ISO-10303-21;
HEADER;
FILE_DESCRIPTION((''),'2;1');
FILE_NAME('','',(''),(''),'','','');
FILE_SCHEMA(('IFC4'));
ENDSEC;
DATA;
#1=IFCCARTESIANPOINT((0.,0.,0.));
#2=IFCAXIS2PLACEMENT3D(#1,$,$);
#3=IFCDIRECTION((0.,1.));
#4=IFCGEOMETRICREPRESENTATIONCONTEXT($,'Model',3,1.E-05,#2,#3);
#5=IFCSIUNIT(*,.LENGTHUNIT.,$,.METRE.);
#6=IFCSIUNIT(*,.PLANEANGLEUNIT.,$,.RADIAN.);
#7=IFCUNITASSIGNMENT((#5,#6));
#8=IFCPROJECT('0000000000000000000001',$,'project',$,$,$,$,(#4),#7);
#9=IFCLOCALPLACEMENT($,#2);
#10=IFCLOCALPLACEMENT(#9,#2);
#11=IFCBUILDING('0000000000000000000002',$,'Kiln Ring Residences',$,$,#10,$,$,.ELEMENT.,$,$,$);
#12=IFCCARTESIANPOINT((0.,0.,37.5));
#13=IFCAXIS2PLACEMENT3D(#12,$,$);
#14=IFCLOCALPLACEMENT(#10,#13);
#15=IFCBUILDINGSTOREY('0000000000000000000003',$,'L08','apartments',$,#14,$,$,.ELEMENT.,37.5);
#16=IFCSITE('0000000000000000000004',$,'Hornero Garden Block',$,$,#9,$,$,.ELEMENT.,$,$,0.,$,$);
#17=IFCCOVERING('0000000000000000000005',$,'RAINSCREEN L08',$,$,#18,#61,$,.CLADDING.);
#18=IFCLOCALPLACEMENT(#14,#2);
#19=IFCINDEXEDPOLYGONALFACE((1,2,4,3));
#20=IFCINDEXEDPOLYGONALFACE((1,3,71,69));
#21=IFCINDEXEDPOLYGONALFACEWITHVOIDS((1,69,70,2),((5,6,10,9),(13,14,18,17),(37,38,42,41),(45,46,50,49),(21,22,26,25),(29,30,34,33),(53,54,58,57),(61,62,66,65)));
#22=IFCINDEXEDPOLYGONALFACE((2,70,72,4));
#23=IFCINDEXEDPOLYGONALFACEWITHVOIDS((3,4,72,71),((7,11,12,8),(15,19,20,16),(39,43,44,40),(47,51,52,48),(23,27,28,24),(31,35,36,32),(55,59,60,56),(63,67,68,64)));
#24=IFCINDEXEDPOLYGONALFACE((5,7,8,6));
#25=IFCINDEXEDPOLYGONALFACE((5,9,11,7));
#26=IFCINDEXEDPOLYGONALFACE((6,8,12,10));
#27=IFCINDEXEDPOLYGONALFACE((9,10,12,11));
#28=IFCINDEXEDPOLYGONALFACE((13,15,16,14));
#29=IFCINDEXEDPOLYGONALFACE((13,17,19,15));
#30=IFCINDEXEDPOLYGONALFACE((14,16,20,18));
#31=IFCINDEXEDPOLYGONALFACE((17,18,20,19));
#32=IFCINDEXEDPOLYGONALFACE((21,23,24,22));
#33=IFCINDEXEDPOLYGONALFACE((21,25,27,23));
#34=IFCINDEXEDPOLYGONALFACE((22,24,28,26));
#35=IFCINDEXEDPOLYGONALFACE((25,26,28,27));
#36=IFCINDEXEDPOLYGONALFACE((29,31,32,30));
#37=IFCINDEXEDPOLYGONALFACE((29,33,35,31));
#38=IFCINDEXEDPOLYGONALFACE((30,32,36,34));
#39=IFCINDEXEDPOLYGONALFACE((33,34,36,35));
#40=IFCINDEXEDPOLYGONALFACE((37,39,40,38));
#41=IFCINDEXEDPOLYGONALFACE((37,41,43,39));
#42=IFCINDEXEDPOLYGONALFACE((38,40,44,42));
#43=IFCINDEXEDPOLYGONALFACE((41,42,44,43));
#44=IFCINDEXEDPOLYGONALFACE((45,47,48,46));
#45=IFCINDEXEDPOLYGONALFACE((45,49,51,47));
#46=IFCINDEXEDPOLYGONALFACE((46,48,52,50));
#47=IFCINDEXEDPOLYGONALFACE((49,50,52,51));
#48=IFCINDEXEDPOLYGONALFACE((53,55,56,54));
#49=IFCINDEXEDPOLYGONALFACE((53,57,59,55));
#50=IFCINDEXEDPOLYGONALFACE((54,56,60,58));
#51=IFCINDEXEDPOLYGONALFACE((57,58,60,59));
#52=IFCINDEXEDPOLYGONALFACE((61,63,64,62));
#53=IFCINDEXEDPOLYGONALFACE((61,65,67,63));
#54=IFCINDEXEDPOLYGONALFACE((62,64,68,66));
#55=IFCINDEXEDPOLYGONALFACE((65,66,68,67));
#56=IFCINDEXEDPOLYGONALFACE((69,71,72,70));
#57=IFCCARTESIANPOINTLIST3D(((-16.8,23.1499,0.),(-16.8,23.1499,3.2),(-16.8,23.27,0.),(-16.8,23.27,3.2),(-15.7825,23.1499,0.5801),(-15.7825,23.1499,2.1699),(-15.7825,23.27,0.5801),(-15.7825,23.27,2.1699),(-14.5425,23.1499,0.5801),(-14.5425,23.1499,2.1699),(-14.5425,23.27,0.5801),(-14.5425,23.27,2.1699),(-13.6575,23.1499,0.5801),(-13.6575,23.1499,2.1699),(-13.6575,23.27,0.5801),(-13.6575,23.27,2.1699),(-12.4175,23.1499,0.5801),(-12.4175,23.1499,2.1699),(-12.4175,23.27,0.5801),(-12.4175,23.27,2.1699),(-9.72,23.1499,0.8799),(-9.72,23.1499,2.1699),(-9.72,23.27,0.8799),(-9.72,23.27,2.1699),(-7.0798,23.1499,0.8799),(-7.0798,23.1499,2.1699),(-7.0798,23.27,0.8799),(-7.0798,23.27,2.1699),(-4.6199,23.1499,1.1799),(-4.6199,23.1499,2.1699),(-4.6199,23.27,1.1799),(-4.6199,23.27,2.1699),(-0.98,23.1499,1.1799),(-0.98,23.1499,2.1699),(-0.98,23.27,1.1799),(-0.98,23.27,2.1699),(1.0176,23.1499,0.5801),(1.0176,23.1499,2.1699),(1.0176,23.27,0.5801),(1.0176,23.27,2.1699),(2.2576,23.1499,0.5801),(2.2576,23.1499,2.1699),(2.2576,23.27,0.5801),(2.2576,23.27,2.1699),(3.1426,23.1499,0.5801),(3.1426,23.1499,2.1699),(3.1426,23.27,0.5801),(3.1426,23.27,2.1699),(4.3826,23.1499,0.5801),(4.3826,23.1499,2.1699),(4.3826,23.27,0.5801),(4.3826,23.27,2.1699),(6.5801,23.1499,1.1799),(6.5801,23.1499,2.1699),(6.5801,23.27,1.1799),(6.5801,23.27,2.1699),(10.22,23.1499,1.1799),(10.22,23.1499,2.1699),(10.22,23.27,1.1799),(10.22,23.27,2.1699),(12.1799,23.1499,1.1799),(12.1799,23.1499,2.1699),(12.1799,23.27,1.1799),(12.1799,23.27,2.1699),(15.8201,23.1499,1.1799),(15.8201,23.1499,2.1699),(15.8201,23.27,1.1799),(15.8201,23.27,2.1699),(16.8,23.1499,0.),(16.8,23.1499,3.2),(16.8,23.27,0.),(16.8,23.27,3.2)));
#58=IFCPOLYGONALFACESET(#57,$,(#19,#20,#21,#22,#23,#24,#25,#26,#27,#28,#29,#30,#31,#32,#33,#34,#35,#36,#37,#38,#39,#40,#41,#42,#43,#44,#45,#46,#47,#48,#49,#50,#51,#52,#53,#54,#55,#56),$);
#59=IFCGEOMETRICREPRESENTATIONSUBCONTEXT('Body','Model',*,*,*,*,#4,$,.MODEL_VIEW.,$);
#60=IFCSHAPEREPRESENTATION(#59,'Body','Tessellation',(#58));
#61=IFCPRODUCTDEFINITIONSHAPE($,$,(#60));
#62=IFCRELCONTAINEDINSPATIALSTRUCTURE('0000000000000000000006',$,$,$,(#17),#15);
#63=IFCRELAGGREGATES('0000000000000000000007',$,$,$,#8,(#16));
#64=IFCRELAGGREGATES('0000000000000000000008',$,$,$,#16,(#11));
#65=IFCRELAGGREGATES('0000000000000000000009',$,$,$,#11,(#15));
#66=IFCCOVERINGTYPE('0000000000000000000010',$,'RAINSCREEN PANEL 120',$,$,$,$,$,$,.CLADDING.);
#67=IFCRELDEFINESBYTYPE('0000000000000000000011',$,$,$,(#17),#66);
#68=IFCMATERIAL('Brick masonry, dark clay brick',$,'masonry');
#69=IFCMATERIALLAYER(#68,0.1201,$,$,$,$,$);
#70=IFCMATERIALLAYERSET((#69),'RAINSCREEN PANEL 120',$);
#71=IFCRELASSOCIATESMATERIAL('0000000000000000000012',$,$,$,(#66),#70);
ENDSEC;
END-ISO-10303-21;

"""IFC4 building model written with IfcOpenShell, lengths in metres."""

from ifc_helpers import new_model, si_unit, direction, frame, origin, place, context, subcontext, project, spatial, polyline, outline, extrude, material, layer, layer_set, type_object, element, save


model = new_model("IFC4")

# Units and contexts
model_context = context("Model", 3, precision=1e-05, world=origin(), true_north=direction((0.0, 1.0)))
body_context = subcontext(model_context, "Body", "Model", "MODEL_VIEW")
ifc_project = project(units=[si_unit("LENGTHUNIT", "METRE"), si_unit("PLANEANGLEUNIT", "RADIAN")], contexts=[model_context])

# Site, building, storey
site_placement = place(None, origin())
site = spatial("IfcSite", under=ifc_project, at=site_placement, Name="Hornero Garden Block", CompositionType="ELEMENT", RefElevation=0.0)
building_placement = place(site_placement, origin())
building = spatial("IfcBuilding", under=site, at=building_placement, Name="Kiln Ring Residences", CompositionType="ELEMENT")
storey_placement = place(building_placement, frame((0.0, 0.0, 37.5)))
storey = spatial("IfcBuildingStorey", under=building, at=storey_placement, Name="L08", Description="apartments", CompositionType="ELEMENT", Elevation=37.5)

# Covering
ifc_material_1 = material(Name="Brick masonry, dark clay brick", Category="masonry")
ifc_layer_1 = layer(ifc_material_1, 0.1201)
ifc_layer_set_1 = layer_set([ifc_layer_1], Name="RAINSCREEN PANEL 120")
covering_type = type_object("IfcCoveringType", Name="RAINSCREEN PANEL 120", PredefinedType="CLADDING", material=ifc_layer_set_1)
covering_placement = place(storey_placement, frame((16.8, 23.21, 0.0), z_axis=(0.0, 0.0, 1.0), x_axis=(-1.0, 0.0, 0.0)))
element("IfcCovering", 1, at=covering_placement, inside=storey, type_object=covering_type, Name="RAINSCREEN L08", PredefinedType="CLADDING", context=body_context, shape_type="SweptSolid", body=[
    extrude(outline(polyline([(0.0, 0.0), (33.6001, 0.0), (33.6001, 3.2), (0.0, 3.2), (0.0, 0.0)]), holes=[polyline([(12.4175, 0.5801), (13.6575, 0.5801), (13.6575, 2.1699), (12.4175, 2.1699), (12.4175, 0.5801)]), polyline([(14.5425, 0.5801), (15.7825, 0.5801), (15.7825, 2.1699), (14.5425, 2.1699), (14.5425, 0.5801)]), polyline([(29.2175, 0.5801), (30.4575, 0.5801), (30.4575, 2.1699), (29.2175, 2.1699), (29.2175, 0.5801)]), polyline([(31.3425, 0.5801), (32.5825, 0.5801), (32.5825, 2.1699), (31.3425, 2.1699), (31.3425, 0.5801)]), polyline([(23.8799, 0.8799), (26.52, 0.8799), (26.52, 2.1699), (23.8799, 2.1699), (23.8799, 0.8799)]), polyline([(0.98, 1.1799), (4.6201, 1.1799), (4.6201, 2.1699), (0.98, 2.1699), (0.98, 1.1799)]), polyline([(6.5801, 1.1799), (10.22, 1.1799), (10.22, 2.1699), (6.5801, 2.1699), (6.5801, 1.1799)]), polyline([(17.78, 1.1799), (21.4199, 1.1799), (21.4199, 2.1699), (17.78, 2.1699), (17.78, 1.1799)])]), frame((0.0, 0.0601, 0.0), z_axis=(0.0, -1.0, 0.0), x_axis=(1.0, 0.0, 0.0)), (0.0, 0.0, 1.0), 0.1201),
])

save(model, "model.ifc")
